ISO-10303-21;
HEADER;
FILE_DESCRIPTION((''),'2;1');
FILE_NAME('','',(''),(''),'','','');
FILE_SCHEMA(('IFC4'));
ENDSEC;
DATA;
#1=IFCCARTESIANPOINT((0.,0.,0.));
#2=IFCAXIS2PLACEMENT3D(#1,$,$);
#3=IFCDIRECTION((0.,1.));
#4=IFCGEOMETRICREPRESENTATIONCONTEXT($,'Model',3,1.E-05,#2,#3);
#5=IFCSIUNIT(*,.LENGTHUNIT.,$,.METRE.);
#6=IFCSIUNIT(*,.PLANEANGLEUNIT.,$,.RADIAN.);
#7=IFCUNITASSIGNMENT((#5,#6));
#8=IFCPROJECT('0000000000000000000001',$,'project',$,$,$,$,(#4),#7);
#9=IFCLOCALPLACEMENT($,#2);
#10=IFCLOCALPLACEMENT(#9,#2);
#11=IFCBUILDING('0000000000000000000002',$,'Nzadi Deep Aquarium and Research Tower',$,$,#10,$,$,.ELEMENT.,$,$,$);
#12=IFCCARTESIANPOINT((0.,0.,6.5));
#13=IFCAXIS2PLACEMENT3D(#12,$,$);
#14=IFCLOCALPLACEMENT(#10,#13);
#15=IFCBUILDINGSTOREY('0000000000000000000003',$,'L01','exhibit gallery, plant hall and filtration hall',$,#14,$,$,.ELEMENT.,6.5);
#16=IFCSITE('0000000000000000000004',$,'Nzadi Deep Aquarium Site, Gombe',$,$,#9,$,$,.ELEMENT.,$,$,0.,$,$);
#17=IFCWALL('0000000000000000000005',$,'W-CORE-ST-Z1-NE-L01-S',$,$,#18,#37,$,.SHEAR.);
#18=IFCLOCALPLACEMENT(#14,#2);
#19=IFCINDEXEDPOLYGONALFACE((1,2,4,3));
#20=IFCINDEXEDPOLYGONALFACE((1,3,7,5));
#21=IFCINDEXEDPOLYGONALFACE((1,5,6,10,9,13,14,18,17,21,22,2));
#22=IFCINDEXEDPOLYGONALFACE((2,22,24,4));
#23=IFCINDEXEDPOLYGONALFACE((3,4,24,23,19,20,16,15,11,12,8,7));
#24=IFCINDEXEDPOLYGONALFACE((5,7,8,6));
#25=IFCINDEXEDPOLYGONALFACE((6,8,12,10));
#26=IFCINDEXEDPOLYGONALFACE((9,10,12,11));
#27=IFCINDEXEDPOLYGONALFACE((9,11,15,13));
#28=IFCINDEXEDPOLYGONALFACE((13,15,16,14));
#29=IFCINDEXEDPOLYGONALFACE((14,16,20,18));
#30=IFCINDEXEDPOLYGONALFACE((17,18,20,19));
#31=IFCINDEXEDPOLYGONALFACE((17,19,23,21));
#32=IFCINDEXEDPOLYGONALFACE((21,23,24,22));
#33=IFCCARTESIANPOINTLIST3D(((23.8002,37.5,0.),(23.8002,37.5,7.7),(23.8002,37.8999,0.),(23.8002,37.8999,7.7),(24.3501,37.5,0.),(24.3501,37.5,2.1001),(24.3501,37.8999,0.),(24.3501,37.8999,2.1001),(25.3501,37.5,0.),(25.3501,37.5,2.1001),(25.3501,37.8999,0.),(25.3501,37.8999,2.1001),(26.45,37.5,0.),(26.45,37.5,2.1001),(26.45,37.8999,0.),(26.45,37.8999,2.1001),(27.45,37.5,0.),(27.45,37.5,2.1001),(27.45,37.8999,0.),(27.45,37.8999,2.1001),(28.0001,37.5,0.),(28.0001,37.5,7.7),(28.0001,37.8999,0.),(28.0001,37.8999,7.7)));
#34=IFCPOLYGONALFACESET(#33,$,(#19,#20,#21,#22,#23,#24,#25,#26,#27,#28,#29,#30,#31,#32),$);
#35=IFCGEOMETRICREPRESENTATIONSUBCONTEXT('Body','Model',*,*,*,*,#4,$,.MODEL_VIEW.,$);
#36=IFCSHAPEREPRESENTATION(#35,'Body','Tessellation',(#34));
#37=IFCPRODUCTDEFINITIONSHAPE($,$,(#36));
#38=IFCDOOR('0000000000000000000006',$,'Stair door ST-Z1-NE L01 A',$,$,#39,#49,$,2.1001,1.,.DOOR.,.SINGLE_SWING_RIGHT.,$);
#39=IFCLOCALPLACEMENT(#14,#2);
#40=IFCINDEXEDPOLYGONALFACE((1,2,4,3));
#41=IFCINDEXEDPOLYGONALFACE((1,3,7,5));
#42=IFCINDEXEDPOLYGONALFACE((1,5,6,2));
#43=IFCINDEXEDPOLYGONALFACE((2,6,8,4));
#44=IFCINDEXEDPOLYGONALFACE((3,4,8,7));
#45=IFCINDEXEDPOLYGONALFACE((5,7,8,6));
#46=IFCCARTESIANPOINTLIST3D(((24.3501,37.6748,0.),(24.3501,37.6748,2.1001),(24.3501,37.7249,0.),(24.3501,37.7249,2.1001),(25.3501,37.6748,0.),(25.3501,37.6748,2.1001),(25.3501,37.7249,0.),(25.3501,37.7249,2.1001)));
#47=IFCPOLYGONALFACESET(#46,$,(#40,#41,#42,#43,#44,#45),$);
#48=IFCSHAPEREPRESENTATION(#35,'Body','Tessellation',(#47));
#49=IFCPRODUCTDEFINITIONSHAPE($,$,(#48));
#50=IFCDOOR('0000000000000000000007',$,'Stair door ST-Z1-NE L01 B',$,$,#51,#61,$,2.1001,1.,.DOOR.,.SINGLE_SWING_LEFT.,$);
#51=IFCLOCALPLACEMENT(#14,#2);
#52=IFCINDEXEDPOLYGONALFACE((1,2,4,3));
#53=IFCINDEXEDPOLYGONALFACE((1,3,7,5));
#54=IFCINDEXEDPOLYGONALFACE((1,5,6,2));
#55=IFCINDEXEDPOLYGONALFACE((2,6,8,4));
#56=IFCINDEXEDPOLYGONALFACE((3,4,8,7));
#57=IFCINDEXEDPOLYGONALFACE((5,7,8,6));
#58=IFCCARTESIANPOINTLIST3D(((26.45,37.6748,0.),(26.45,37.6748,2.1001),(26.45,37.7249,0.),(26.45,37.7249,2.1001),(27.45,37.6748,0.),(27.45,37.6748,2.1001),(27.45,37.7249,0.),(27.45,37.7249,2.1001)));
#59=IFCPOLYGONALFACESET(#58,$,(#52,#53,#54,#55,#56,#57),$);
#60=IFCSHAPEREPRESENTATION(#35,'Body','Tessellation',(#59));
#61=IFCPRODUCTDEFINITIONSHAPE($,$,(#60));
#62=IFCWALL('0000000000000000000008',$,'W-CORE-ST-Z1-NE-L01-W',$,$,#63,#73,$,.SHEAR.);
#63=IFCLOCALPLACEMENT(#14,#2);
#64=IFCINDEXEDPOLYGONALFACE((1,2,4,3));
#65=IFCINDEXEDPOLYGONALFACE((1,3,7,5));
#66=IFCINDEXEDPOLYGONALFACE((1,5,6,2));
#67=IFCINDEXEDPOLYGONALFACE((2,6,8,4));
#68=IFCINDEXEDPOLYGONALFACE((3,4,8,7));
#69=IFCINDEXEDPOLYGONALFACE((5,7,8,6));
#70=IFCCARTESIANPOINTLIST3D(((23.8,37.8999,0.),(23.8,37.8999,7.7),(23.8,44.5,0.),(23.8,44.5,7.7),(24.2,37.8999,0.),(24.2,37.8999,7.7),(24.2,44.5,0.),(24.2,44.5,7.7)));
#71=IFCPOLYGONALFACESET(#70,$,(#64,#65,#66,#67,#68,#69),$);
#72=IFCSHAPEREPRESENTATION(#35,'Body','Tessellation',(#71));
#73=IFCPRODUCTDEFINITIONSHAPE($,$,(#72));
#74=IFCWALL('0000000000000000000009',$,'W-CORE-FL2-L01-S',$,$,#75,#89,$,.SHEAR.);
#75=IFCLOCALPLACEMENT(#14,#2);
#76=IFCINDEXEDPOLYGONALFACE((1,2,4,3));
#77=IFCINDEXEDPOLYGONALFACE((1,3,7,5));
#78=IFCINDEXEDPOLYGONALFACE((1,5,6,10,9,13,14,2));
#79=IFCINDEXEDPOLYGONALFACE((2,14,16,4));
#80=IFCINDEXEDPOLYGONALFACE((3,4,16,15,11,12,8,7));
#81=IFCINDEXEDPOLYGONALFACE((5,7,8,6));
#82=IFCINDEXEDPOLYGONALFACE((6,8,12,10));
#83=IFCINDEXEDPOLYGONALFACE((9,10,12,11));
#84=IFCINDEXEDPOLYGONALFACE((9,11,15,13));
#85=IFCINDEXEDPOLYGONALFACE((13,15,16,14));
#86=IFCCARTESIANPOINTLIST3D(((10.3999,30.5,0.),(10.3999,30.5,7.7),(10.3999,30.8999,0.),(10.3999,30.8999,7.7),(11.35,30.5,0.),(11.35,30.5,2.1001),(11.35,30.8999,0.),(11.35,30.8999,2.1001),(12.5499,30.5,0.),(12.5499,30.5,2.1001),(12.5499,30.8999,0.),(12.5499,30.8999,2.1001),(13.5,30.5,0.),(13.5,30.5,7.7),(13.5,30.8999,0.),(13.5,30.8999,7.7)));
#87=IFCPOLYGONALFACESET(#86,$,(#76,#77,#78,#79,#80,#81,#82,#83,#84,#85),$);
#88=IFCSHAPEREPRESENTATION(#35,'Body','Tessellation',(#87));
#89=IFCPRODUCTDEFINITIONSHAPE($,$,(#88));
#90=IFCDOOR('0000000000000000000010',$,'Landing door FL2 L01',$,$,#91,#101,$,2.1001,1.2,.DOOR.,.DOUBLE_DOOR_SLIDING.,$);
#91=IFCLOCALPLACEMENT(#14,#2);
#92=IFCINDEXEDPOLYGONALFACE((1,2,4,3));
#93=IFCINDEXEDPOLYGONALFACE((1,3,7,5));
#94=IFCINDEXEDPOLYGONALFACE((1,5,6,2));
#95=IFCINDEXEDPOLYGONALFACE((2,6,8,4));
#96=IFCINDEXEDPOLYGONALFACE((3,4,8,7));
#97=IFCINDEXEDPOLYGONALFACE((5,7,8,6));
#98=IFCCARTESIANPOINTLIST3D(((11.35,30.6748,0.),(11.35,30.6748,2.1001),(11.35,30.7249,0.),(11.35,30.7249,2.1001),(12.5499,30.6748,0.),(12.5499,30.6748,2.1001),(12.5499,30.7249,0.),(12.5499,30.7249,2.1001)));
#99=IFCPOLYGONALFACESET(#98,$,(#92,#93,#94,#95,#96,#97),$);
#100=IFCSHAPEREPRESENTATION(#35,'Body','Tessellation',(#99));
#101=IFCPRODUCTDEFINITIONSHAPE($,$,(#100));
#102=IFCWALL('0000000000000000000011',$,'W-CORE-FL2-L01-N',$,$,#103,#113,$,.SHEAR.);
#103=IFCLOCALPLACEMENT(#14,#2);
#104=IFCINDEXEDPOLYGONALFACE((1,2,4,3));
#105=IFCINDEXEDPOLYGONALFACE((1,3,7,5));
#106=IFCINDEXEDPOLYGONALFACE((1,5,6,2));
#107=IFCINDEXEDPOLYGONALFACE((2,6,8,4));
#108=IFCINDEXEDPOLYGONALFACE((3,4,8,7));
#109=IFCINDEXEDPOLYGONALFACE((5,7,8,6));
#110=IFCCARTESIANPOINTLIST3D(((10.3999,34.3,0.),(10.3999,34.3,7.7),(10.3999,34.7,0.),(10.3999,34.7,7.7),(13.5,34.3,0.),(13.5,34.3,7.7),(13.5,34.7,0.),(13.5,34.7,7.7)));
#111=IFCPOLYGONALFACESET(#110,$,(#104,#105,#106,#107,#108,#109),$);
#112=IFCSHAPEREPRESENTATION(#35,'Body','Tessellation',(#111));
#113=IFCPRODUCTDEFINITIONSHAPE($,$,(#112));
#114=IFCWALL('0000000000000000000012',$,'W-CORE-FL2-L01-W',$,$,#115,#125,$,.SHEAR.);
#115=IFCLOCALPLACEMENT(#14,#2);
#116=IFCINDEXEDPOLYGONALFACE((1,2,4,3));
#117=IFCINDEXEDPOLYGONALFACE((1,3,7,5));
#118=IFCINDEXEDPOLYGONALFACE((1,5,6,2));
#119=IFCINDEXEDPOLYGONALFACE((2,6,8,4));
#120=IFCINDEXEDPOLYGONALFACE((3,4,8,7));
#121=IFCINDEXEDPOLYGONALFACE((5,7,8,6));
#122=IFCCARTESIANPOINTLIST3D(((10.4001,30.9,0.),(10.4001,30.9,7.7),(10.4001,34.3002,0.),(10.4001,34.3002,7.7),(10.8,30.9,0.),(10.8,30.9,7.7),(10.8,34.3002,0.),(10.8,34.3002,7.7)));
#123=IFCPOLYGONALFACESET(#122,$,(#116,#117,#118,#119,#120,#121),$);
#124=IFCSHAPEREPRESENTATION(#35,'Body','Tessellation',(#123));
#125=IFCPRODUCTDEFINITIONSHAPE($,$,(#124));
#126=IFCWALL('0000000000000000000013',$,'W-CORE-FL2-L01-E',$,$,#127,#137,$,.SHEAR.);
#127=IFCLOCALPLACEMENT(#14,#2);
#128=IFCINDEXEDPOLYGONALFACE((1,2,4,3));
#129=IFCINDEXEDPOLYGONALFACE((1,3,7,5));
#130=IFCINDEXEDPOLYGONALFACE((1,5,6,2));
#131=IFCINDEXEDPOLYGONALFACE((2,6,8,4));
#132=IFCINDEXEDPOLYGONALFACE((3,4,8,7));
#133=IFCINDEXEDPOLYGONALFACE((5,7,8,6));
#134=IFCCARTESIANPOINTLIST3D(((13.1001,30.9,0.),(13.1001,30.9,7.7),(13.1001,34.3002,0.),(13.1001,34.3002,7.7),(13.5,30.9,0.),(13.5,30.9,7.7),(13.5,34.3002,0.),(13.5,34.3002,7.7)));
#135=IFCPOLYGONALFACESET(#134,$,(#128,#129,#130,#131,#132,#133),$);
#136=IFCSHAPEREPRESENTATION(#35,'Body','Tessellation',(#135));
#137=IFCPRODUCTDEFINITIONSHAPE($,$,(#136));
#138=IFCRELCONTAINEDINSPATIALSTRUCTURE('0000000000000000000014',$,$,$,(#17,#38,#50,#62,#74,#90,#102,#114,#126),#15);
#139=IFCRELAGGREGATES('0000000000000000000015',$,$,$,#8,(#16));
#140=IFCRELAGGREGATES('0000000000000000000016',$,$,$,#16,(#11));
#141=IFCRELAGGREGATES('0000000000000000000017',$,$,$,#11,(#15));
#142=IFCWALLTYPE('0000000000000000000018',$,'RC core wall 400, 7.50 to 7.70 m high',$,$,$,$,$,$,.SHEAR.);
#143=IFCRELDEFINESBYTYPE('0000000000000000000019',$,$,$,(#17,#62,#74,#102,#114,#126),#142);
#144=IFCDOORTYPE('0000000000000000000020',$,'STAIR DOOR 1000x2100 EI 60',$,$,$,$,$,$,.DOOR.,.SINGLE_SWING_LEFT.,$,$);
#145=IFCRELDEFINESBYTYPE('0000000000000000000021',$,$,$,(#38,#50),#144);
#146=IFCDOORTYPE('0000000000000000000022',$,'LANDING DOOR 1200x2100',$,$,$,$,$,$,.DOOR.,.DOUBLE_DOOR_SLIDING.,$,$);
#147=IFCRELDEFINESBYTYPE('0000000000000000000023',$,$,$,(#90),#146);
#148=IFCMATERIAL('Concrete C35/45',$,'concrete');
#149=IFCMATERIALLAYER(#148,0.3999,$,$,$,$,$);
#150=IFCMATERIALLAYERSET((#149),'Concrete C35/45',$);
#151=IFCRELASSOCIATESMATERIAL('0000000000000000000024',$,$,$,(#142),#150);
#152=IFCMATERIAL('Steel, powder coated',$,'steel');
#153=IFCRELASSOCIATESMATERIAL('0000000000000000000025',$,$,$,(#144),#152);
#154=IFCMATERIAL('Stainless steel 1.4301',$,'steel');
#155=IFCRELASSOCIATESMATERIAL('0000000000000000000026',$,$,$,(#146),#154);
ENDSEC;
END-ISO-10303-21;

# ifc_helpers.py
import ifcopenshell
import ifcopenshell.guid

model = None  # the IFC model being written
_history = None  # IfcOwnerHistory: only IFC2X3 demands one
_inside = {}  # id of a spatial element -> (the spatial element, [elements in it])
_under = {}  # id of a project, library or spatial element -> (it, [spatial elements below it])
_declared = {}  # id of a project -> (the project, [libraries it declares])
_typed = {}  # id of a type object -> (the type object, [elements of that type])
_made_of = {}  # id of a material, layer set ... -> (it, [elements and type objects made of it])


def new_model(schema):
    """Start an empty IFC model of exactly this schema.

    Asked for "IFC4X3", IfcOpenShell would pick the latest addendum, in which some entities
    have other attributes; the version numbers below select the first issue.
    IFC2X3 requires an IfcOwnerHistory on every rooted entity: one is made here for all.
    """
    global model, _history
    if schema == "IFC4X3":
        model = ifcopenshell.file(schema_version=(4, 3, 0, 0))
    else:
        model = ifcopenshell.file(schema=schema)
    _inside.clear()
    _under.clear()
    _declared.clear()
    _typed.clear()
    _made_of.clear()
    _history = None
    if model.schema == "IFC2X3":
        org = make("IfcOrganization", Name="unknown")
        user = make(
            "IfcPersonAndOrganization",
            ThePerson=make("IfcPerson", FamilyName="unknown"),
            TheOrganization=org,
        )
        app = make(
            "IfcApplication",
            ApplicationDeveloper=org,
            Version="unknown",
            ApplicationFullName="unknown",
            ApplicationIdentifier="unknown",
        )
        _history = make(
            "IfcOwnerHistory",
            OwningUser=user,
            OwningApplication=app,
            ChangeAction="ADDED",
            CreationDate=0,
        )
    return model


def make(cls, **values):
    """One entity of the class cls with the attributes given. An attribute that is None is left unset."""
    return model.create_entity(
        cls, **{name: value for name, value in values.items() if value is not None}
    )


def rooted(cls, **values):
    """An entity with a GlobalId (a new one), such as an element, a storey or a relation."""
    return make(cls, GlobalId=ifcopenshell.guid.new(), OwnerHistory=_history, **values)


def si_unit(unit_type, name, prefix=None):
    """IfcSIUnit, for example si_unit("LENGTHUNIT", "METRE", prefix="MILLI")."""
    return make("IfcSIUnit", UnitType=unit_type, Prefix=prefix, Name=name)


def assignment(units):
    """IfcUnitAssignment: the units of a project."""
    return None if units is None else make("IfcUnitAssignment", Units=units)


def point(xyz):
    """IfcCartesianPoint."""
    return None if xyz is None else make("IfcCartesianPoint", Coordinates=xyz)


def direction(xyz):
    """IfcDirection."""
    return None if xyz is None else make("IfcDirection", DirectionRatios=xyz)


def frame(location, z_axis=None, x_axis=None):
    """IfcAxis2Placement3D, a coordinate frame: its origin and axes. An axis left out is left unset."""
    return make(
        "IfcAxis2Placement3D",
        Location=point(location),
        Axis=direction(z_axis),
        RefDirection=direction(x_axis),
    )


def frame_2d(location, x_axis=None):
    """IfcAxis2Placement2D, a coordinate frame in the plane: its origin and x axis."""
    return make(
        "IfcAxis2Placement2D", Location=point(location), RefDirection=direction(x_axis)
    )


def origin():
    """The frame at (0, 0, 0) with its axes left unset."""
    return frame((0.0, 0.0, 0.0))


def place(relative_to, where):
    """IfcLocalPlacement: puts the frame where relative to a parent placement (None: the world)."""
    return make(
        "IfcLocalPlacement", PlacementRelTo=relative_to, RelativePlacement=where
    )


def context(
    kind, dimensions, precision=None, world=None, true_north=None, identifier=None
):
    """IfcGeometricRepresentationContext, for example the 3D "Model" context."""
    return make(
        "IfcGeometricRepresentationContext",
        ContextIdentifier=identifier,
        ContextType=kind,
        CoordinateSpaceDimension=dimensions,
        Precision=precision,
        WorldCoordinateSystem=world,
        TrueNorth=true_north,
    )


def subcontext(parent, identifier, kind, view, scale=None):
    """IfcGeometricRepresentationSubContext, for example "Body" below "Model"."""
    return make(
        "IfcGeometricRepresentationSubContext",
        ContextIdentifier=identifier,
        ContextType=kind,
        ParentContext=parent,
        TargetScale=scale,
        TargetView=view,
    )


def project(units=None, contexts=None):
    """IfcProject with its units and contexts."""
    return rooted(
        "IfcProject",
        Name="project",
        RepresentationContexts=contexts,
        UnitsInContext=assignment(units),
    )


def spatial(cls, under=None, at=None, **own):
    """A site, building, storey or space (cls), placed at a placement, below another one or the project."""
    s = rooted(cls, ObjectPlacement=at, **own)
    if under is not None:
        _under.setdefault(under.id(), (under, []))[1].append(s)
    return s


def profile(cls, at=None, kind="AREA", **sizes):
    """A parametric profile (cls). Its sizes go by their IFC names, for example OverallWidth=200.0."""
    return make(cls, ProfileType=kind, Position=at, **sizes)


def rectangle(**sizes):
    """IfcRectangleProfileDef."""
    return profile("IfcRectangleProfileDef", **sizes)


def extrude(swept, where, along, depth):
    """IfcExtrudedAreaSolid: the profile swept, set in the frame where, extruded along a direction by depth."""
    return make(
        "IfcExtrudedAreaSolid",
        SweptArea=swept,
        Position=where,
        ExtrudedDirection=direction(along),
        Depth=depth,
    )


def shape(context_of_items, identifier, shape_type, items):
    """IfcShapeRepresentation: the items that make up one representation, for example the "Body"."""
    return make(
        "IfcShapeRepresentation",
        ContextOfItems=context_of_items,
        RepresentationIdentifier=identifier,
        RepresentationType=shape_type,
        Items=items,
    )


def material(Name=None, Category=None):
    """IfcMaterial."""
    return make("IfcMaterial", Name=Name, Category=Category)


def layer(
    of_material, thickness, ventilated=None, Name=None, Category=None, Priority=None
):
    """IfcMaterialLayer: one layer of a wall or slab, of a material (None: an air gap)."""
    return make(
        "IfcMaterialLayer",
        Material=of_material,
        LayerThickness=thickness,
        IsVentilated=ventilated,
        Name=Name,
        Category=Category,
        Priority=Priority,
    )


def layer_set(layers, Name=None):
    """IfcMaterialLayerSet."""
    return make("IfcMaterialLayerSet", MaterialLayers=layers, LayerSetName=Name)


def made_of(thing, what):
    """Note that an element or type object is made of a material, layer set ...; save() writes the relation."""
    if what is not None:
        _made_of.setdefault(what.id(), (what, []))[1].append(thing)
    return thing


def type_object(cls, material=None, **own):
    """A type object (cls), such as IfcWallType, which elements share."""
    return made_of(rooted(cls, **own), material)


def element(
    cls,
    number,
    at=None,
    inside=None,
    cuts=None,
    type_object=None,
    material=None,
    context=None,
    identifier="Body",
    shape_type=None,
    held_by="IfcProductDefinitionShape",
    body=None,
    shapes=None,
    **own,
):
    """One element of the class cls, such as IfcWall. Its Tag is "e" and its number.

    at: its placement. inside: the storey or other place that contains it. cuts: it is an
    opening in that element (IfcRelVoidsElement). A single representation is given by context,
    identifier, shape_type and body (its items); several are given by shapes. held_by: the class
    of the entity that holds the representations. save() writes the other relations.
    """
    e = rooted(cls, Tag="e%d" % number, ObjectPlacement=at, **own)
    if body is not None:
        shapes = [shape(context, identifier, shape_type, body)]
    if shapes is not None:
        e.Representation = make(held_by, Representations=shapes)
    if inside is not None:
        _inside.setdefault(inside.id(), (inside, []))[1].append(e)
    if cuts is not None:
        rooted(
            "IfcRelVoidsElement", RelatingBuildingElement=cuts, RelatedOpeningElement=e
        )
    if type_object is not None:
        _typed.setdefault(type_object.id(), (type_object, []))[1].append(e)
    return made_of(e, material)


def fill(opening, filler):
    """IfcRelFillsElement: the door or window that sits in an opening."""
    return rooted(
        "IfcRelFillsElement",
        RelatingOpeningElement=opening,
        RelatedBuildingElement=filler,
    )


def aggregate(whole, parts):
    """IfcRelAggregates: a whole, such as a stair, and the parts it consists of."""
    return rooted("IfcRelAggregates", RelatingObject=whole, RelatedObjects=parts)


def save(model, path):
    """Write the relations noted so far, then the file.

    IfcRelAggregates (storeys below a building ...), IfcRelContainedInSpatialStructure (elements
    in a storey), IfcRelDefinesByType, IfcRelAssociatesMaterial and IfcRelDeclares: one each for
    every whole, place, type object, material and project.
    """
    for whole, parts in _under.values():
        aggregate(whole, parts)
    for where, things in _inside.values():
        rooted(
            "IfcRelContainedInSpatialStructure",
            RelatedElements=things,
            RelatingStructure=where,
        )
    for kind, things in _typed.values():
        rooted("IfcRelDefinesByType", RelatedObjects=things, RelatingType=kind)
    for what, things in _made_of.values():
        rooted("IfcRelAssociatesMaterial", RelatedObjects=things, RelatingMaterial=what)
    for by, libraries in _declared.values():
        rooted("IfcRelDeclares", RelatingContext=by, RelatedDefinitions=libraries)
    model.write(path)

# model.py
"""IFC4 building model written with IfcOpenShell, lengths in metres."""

from ifc_helpers import new_model, si_unit, direction, frame, frame_2d, origin, place, context, subcontext, project, spatial, rectangle, extrude, material, layer, layer_set, type_object, element, fill, save


model = new_model("IFC4")

# Units and contexts
model_context = context("Model", 3, precision=1e-05, world=origin(), true_north=direction((0.0, 1.0)))
body_context = subcontext(model_context, "Body", "Model", "MODEL_VIEW")
ifc_project = project(units=[si_unit("LENGTHUNIT", "METRE"), si_unit("PLANEANGLEUNIT", "RADIAN")], contexts=[model_context])

# Site, building, storey
site_placement = place(None, origin())
site = spatial("IfcSite", under=ifc_project, at=site_placement, Name="Nzadi Deep Aquarium Site, Gombe", CompositionType="ELEMENT", RefElevation=0.0)
building_placement = place(site_placement, origin())
building = spatial("IfcBuilding", under=site, at=building_placement, Name="Nzadi Deep Aquarium and Research Tower", CompositionType="ELEMENT")
storey_placement = place(building_placement, frame((0.0, 0.0, 6.5)))
storey = spatial("IfcBuildingStorey", under=building, at=storey_placement, Name="L01", Description="exhibit gallery, plant hall and filtration hall", CompositionType="ELEMENT", Elevation=6.5)

# Shared definitions
ifc_material_1 = material(Name="Concrete C35/45", Category="concrete")
ifc_layer_1 = layer(ifc_material_1, 0.3999)
ifc_layer_set_1 = layer_set([ifc_layer_1], Name="Concrete C35/45")
wall_type_1 = type_object("IfcWallType", Name="RC core wall 400, 7.50 to 7.70 m high", PredefinedType="SHEAR", material=ifc_layer_set_1)

# Wall, openings, doors
wall_1_placement = place(storey_placement, frame((23.8, 37.7, 0.0), z_axis=(0.0, 0.0, 1.0), x_axis=(1.0, 0.0, 0.0)))
wall_1 = element("IfcWall", 1, at=wall_1_placement, inside=storey, type_object=wall_type_1, Name="W-CORE-ST-Z1-NE-L01-S", PredefinedType="SHEAR", context=body_context, shape_type="SweptSolid", body=[
    extrude(rectangle(XDim=4.2, YDim=0.3999, at=frame_2d((2.1001, 0.0))), origin(), (0.0, 0.0, 1.0), 7.7),
])
opening_1_placement = place(wall_1_placement, frame((0.55, 0.0, 0.0)))
opening_1 = element("IfcOpeningElement", 2, at=opening_1_placement, cuts=wall_1, PredefinedType="OPENING", context=body_context, shape_type="SweptSolid", body=[
    extrude(rectangle(XDim=1.0, YDim=2.1001, at=frame_2d((0.5, 1.05))), frame((0.0, 0.21, 0.0), z_axis=(0.0, -1.0, 0.0), x_axis=(1.0, 0.0, 0.0)), (0.0, 0.0, 1.0), 0.4199),
])
opening_2_placement = place(wall_1_placement, frame((2.6499, 0.0, 0.0)))
opening_2 = element("IfcOpeningElement", 3, at=opening_2_placement, cuts=wall_1, PredefinedType="OPENING", context=body_context, shape_type="SweptSolid", body=[
    extrude(rectangle(XDim=1.0, YDim=2.1001, at=frame_2d((0.5, 1.05))), frame((0.0, 0.21, 0.0), z_axis=(0.0, -1.0, 0.0), x_axis=(1.0, 0.0, 0.0)), (0.0, 0.0, 1.0), 0.4199),
])
ifc_material_2 = material(Name="Steel, powder coated", Category="steel")
door_type_1 = type_object("IfcDoorType", Name="STAIR DOOR 1000x2100 EI 60", OperationType="SINGLE_SWING_LEFT", PredefinedType="DOOR", material=ifc_material_2)
door_1_placement = place(opening_1_placement, origin())
door_1 = element("IfcDoor", 4, at=door_1_placement, inside=storey, type_object=door_type_1, Name="Stair door ST-Z1-NE L01 A", OperationType="SINGLE_SWING_RIGHT", OverallHeight=2.1001, OverallWidth=1.0, PredefinedType="DOOR", context=body_context, shape_type="SweptSolid", body=[
    extrude(rectangle(XDim=1.0, YDim=2.1001, at=frame_2d((0.5, 1.05))), frame((0.0, 0.0249, 0.0), z_axis=(0.0, -1.0, 0.0), x_axis=(1.0, 0.0, 0.0)), (0.0, 0.0, 1.0), 0.05),
])
fill(opening_1, door_1)
door_2_placement = place(opening_2_placement, origin())
door_2 = element("IfcDoor", 5, at=door_2_placement, inside=storey, type_object=door_type_1, Name="Stair door ST-Z1-NE L01 B", OperationType="SINGLE_SWING_LEFT", OverallHeight=2.1001, OverallWidth=1.0, PredefinedType="DOOR", context=body_context, shape_type="SweptSolid", body=[
    extrude(rectangle(XDim=1.0, YDim=2.1001, at=frame_2d((0.5, 1.05))), frame((0.0, 0.0249, 0.0), z_axis=(0.0, -1.0, 0.0), x_axis=(1.0, 0.0, 0.0)), (0.0, 0.0, 1.0), 0.05),
])
fill(opening_2, door_2)

# Wall
wall_2_placement = place(storey_placement, frame((24.0, 37.8999, 0.0), z_axis=(0.0, 0.0, 1.0), x_axis=(0.0, 1.0, 0.0)))
element("IfcWall", 6, at=wall_2_placement, inside=storey, type_object=wall_type_1, Name="W-CORE-ST-Z1-NE-L01-W", PredefinedType="SHEAR", context=body_context, shape_type="SweptSolid", body=[
    extrude(rectangle(XDim=6.6001, YDim=0.3999, at=frame_2d((3.3, 0.0))), origin(), (0.0, 0.0, 1.0), 7.7),
])

# Wall, opening, door
wall_3_placement = place(storey_placement, frame((10.3999, 30.7, 0.0), z_axis=(0.0, 0.0, 1.0), x_axis=(1.0, 0.0, 0.0)))
wall_3 = element("IfcWall", 7, at=wall_3_placement, inside=storey, type_object=wall_type_1, Name="W-CORE-FL2-L01-S", PredefinedType="SHEAR", context=body_context, shape_type="SweptSolid", body=[
    extrude(rectangle(XDim=3.1001, YDim=0.3999, at=frame_2d((1.55, 0.0))), origin(), (0.0, 0.0, 1.0), 7.7),
])
opening_3_placement = place(wall_3_placement, frame((0.95, 0.0, 0.0)))
opening_3 = element("IfcOpeningElement", 8, at=opening_3_placement, cuts=wall_3, PredefinedType="OPENING", context=body_context, shape_type="SweptSolid", body=[
    extrude(rectangle(XDim=1.2, YDim=2.1001, at=frame_2d((0.6001, 1.05))), frame((0.0, 0.21, 0.0), z_axis=(0.0, -1.0, 0.0), x_axis=(1.0, 0.0, 0.0)), (0.0, 0.0, 1.0), 0.4199),
])
ifc_material_3 = material(Name="Stainless steel 1.4301", Category="steel")
door_type_2 = type_object("IfcDoorType", Name="LANDING DOOR 1200x2100", OperationType="DOUBLE_DOOR_SLIDING", PredefinedType="DOOR", material=ifc_material_3)
door_3_placement = place(opening_3_placement, origin())
door_3 = element("IfcDoor", 9, at=door_3_placement, inside=storey, type_object=door_type_2, Name="Landing door FL2 L01", OperationType="DOUBLE_DOOR_SLIDING", OverallHeight=2.1001, OverallWidth=1.2, PredefinedType="DOOR", context=body_context, shape_type="SweptSolid", body=[
    extrude(rectangle(XDim=1.2, YDim=2.1001, at=frame_2d((0.6001, 1.05))), frame((0.0, 0.0249, 0.0), z_axis=(0.0, -1.0, 0.0), x_axis=(1.0, 0.0, 0.0)), (0.0, 0.0, 1.0), 0.05),
])
fill(opening_3, door_3)

# Walls
wall_4_placement = place(storey_placement, frame((10.3999, 34.5, 0.0), z_axis=(0.0, 0.0, 1.0), x_axis=(1.0, 0.0, 0.0)))
element("IfcWall", 10, at=wall_4_placement, inside=storey, type_object=wall_type_1, Name="W-CORE-FL2-L01-N", PredefinedType="SHEAR", context=body_context, shape_type="SweptSolid", body=[
    extrude(rectangle(XDim=3.1001, YDim=0.3999, at=frame_2d((1.55, 0.0))), origin(), (0.0, 0.0, 1.0), 7.7),
])
for number, where, z_axis, x_axis, name in (
    (11, (10.6001, 30.8999, 0.0), (0.0, 0.0, 1.0), (0.0, 1.0, 0.0), "W-CORE-FL2-L01-W"),
    (12, (13.3, 30.8999, 0.0), (0.0, 0.0, 1.0), (0.0, 1.0, 0.0), "W-CORE-FL2-L01-E"),
):
    element("IfcWall", number, at=place(storey_placement, frame(where, z_axis=z_axis, x_axis=x_axis)), inside=storey, type_object=wall_type_1, Name=name, PredefinedType="SHEAR", context=body_context, shape_type="SweptSolid", body=[
        extrude(rectangle(XDim=3.4001, YDim=0.3999, at=frame_2d((1.7002, 0.0))), origin(), (0.0, 0.0, 1.0), 7.7),
    ])

save(model, "model.ifc")
